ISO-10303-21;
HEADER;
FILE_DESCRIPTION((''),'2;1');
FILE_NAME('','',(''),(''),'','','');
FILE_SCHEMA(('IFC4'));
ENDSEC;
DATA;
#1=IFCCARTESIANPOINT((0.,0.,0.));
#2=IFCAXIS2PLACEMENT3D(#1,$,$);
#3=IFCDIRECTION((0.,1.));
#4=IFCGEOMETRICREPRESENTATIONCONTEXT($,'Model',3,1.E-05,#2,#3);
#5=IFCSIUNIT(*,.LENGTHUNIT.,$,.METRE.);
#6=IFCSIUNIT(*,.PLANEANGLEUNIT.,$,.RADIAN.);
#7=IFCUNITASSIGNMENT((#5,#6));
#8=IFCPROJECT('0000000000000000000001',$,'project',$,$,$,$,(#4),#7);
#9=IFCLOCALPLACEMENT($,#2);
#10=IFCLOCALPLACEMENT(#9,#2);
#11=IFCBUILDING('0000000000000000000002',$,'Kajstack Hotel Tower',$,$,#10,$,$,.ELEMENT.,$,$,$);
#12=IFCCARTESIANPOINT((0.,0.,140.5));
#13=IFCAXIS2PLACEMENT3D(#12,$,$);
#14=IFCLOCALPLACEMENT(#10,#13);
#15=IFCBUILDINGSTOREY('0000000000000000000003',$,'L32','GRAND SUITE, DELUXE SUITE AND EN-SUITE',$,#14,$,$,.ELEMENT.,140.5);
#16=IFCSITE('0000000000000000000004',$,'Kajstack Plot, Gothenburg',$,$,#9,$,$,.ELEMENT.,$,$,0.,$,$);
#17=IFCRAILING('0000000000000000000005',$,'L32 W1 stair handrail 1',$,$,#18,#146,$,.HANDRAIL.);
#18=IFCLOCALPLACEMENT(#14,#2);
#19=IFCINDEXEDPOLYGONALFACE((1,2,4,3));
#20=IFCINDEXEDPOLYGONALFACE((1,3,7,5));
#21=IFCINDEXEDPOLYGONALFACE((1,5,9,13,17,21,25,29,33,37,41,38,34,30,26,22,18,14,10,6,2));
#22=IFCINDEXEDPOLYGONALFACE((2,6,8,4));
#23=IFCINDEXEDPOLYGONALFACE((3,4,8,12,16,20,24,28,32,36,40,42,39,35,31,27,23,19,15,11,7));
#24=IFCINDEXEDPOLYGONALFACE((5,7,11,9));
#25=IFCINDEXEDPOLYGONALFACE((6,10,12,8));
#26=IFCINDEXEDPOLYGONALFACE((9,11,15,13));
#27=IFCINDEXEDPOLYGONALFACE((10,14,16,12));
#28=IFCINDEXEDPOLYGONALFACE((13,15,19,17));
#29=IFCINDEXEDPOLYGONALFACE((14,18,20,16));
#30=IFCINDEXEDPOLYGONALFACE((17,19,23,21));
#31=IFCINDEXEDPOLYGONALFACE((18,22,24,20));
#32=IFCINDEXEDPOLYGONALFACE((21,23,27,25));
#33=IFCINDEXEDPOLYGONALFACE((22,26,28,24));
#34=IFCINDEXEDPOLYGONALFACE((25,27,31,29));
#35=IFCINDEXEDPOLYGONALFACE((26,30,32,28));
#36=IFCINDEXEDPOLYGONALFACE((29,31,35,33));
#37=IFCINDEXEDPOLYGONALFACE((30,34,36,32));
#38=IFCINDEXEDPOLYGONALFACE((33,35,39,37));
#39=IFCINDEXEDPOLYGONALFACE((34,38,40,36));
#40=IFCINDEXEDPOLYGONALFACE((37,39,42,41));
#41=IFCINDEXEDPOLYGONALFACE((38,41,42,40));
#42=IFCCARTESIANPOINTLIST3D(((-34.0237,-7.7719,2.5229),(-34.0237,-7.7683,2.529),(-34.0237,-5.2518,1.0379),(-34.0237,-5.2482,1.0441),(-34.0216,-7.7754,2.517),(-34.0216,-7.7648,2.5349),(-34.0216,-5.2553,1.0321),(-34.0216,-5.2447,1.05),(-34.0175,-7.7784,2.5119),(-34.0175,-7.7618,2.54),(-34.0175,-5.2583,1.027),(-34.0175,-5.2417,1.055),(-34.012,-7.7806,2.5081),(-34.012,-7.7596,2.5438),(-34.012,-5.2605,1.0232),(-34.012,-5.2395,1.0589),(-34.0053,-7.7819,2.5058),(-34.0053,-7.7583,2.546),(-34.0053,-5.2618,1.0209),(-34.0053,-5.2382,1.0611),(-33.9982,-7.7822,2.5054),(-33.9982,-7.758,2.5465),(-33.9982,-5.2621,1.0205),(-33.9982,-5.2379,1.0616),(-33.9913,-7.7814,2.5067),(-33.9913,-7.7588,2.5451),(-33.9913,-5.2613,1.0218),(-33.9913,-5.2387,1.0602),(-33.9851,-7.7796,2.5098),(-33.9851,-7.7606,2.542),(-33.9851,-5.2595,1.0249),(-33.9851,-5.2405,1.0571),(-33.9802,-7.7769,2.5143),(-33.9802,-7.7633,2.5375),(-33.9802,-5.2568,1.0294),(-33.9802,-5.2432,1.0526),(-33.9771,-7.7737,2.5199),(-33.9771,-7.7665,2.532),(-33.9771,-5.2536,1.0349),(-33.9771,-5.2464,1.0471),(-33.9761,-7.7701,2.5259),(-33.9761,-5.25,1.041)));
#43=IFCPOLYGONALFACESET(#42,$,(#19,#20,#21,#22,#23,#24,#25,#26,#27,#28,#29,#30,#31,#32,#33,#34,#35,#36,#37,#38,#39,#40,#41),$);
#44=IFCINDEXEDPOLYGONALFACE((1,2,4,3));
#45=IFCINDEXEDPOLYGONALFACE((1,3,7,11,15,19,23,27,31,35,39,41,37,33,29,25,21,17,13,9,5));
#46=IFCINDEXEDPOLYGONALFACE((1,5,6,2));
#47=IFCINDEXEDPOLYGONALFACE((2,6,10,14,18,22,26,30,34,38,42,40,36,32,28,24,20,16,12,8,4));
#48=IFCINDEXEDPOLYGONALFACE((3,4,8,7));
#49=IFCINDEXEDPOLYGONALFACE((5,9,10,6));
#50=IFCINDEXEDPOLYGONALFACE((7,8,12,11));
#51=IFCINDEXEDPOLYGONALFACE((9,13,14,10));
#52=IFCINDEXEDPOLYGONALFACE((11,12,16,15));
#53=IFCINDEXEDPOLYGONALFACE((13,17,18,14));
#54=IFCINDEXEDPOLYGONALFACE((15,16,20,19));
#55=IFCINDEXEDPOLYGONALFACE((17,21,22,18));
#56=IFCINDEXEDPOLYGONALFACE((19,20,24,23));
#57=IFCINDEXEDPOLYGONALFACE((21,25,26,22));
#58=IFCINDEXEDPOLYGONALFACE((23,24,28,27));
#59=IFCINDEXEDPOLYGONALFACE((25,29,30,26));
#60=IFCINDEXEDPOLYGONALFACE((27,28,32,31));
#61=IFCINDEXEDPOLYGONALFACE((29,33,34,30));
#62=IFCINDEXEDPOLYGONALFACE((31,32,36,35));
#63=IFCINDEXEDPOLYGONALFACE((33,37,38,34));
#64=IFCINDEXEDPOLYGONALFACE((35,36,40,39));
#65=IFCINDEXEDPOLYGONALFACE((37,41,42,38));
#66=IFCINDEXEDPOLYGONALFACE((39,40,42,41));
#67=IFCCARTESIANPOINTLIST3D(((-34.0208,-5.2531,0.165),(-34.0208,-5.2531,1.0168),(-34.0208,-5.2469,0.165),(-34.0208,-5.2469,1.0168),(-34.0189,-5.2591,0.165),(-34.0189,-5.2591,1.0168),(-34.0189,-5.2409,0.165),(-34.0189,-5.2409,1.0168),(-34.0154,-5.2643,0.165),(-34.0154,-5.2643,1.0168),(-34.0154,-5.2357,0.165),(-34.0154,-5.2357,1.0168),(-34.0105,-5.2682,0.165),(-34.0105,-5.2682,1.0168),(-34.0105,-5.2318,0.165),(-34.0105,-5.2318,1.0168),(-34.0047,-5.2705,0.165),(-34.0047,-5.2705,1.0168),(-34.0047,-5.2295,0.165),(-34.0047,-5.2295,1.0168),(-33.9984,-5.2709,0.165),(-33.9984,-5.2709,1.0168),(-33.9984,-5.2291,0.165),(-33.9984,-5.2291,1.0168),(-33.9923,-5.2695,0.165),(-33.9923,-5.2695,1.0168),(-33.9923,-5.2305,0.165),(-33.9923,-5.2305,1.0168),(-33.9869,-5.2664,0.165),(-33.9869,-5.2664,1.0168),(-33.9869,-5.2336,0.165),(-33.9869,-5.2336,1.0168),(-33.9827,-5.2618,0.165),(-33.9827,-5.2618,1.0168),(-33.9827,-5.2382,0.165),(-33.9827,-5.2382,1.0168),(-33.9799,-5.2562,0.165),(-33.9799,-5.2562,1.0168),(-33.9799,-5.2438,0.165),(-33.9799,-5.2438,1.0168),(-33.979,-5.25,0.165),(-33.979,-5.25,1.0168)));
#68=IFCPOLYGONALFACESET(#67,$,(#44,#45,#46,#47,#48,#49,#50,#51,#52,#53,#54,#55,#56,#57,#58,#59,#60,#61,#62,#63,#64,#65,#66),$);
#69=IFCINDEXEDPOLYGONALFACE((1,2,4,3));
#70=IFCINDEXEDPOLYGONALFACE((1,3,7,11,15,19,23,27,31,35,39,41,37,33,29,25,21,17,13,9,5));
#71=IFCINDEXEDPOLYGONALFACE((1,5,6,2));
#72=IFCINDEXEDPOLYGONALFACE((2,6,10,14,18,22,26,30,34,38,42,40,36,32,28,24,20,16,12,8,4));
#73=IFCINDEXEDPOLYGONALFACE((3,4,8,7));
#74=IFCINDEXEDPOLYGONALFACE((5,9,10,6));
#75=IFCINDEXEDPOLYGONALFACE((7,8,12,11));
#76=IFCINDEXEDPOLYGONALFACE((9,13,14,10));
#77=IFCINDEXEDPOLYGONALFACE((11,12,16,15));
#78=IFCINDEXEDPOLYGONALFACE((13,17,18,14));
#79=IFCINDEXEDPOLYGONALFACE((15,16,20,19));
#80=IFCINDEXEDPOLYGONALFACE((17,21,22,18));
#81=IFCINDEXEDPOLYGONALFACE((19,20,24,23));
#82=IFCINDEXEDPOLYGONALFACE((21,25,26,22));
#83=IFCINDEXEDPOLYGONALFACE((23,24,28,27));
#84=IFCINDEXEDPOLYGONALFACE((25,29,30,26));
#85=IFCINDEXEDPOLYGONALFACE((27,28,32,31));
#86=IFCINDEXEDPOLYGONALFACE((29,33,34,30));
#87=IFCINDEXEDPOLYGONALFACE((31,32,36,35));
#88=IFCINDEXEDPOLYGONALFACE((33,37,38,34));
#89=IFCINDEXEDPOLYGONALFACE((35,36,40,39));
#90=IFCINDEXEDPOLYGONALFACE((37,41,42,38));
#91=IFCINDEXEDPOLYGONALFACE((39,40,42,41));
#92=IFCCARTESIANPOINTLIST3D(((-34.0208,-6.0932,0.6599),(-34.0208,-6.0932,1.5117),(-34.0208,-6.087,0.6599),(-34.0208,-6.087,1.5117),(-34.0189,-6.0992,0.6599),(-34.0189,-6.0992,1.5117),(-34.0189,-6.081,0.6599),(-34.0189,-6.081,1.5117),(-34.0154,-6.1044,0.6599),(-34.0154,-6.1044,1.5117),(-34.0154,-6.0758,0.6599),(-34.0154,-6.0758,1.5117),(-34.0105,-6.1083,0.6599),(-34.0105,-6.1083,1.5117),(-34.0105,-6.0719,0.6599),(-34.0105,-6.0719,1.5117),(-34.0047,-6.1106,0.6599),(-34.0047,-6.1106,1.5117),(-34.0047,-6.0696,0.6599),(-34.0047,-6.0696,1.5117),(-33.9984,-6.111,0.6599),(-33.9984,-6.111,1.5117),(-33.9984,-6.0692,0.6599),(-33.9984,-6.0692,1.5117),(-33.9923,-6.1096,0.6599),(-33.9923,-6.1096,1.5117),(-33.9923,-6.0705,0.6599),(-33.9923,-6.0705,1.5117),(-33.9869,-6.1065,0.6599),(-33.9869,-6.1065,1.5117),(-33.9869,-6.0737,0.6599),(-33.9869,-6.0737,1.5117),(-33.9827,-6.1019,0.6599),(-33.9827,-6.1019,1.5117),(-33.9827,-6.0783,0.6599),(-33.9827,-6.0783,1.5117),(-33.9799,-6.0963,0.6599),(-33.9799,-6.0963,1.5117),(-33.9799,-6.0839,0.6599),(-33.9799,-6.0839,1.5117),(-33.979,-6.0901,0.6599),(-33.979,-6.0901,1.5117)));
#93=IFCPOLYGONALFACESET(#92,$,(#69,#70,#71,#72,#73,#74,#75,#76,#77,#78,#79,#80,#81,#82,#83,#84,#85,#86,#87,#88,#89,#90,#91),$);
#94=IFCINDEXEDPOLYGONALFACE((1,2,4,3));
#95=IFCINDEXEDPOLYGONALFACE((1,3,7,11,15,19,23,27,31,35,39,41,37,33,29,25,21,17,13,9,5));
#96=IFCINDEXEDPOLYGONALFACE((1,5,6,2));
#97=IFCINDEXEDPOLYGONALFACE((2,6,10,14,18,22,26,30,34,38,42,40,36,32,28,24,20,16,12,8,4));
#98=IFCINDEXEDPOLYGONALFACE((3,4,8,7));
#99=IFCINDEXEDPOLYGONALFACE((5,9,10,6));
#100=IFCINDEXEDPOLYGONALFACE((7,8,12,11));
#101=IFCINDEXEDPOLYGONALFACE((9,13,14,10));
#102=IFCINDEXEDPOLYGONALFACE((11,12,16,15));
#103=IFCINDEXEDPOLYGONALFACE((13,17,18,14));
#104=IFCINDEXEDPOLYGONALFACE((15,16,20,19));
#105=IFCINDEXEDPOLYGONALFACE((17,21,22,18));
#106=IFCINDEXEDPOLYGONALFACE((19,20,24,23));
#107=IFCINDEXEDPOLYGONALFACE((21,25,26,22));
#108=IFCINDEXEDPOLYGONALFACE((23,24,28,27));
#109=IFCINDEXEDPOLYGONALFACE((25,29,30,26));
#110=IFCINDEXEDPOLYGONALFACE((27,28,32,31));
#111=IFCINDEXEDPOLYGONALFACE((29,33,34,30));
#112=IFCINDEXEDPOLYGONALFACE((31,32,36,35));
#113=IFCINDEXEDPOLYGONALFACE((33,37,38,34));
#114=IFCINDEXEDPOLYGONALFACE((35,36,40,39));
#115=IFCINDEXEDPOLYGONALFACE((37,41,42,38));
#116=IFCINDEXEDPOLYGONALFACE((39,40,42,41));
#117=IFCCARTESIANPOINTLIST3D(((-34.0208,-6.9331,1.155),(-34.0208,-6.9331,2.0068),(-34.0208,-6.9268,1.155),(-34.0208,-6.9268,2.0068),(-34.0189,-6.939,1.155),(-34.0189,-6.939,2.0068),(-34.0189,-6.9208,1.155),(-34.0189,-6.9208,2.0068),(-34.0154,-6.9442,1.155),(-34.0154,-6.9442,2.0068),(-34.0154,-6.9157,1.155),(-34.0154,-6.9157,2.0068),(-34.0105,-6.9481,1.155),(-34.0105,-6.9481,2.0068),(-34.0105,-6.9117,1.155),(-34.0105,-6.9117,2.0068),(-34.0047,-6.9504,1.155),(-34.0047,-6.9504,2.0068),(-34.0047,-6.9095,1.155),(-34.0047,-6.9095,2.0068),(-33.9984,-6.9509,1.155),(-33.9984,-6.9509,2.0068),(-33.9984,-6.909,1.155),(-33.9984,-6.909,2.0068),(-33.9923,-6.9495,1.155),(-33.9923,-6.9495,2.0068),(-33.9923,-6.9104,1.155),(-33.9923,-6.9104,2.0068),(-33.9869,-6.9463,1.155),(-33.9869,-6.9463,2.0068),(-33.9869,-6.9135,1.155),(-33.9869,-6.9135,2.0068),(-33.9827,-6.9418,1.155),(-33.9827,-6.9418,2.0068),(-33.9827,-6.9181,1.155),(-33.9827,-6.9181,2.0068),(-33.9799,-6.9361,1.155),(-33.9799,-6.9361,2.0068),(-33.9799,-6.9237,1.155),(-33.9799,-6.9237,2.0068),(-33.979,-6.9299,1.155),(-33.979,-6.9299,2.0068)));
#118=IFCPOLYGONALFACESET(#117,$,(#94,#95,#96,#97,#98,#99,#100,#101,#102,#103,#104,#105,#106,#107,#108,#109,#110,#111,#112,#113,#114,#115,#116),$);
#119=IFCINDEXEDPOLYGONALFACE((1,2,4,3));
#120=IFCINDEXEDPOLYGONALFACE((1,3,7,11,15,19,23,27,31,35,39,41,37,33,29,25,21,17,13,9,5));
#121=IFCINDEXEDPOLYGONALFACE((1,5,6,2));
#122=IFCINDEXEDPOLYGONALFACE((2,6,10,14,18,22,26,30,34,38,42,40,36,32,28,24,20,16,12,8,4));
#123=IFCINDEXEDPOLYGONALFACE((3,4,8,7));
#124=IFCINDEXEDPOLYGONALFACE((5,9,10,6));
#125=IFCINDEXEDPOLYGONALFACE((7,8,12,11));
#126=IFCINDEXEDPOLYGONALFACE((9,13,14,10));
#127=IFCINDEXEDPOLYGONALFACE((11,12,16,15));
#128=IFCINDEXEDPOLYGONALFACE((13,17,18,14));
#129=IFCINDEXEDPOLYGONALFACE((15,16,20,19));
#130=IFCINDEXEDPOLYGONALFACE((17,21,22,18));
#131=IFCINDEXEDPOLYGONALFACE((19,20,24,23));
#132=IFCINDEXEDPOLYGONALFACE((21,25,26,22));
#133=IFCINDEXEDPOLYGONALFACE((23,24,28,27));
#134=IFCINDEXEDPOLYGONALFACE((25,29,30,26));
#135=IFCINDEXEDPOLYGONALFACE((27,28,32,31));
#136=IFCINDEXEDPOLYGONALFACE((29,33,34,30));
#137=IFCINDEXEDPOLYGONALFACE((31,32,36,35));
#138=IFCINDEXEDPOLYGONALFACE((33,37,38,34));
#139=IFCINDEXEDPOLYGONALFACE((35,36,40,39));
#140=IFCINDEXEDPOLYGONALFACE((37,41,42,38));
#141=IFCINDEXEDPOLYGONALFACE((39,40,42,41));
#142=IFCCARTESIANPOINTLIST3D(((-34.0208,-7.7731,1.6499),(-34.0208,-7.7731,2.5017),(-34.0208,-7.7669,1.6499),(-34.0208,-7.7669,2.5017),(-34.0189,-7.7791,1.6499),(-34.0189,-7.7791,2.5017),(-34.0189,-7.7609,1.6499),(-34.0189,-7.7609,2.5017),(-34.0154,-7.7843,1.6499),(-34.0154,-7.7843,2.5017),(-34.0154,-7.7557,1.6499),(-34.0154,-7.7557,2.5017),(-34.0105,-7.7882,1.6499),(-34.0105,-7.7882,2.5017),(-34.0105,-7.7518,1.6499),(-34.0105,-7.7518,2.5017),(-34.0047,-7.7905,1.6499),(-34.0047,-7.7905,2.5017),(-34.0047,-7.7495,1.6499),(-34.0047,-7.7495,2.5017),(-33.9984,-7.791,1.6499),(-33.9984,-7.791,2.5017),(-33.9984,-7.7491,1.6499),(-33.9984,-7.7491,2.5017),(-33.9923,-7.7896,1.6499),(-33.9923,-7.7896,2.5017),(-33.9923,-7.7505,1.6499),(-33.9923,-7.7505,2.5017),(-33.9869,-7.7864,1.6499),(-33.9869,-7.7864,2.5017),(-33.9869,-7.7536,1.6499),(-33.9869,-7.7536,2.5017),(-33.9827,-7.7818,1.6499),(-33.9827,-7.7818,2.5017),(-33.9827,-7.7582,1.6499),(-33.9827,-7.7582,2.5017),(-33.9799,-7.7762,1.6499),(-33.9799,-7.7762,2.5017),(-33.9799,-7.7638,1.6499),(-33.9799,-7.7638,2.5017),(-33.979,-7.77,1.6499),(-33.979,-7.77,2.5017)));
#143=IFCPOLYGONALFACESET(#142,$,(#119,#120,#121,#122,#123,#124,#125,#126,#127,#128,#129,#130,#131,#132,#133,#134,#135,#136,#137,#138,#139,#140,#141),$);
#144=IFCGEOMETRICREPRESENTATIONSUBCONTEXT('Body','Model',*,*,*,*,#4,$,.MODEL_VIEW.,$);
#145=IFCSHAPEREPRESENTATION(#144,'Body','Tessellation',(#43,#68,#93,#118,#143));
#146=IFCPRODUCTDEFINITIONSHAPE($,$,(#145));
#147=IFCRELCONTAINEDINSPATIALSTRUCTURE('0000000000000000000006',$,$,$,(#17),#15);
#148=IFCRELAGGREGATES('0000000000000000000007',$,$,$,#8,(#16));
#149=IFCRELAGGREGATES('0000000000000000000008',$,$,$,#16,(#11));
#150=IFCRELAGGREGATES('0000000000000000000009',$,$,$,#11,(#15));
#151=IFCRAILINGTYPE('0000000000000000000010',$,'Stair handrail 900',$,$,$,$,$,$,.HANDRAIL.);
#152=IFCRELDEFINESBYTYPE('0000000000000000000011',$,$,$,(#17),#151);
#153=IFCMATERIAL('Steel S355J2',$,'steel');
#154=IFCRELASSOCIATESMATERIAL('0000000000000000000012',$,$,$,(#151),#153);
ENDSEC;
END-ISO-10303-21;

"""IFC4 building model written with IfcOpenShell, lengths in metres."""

from ifc_helpers import new_model, si_unit, direction, frame, origin, origin_2d, place, context, subcontext, project, spatial, circle, extrude, material, type_object, element, save


model = new_model("IFC4")

# Units and contexts
model_context = context("Model", 3, precision=1e-05, world=origin(), true_north=direction((0.0, 1.0)))
body_context = subcontext(model_context, "Body", "Model", "MODEL_VIEW")
ifc_project = project(units=[si_unit("LENGTHUNIT", "METRE"), si_unit("PLANEANGLEUNIT", "RADIAN")], contexts=[model_context])

# Site, building, storey
site_placement = place(None, origin())
site = spatial("IfcSite", under=ifc_project, at=site_placement, Name="Kajstack Plot, Gothenburg", CompositionType="ELEMENT", RefElevation=0.0)
building_placement = place(site_placement, origin())
building = spatial("IfcBuilding", under=site, at=building_placement, Name="Kajstack Hotel Tower", CompositionType="ELEMENT")
storey_placement = place(building_placement, frame((0.0, 0.0, 140.5)))
storey = spatial("IfcBuildingStorey", under=building, at=storey_placement, Name="L32", Description="GRAND SUITE, DELUXE SUITE AND EN-SUITE", CompositionType="ELEMENT", Elevation=140.5)

# Railing
ifc_material_1 = material(Name="Steel S355J2", Category="steel")
railing_type_1 = type_object("IfcRailingType", Name="Stair handrail 900", PredefinedType="HANDRAIL", material=ifc_material_1)
railing_1_placement = place(storey_placement, frame((-34.0, -5.25, 0.165)))
element("IfcRailing", 1, at=railing_1_placement, inside=storey, type_object=railing_type_1, Name="L32 W1 stair handrail 1", PredefinedType="HANDRAIL", context=body_context, shape_type="SweptSolid", body=[
    extrude(circle(Radius=0.0239, at=origin_2d()), frame((0.0, 0.0, 0.876), z_axis=(0.0, -0.861561, 0.507655), x_axis=(1.0, 0.0, 0.0)), (0.0, 0.0, 1.0), 2.925),
    extrude(circle(Radius=0.021, at=origin_2d()), origin(), (0.0, 0.0, 1.0), 0.8518),
    extrude(circle(Radius=0.021, at=origin_2d()), frame((0.0, -0.8401, 0.4949)), (0.0, 0.0, 1.0), 0.8518),
    extrude(circle(Radius=0.021, at=origin_2d()), frame((0.0, -1.6799, 0.99)), (0.0, 0.0, 1.0), 0.8518),
    extrude(circle(Radius=0.021, at=origin_2d()), frame((0.0, -2.52, 1.4849)), (0.0, 0.0, 1.0), 0.8518),
])

save(model, "model.ifc")
